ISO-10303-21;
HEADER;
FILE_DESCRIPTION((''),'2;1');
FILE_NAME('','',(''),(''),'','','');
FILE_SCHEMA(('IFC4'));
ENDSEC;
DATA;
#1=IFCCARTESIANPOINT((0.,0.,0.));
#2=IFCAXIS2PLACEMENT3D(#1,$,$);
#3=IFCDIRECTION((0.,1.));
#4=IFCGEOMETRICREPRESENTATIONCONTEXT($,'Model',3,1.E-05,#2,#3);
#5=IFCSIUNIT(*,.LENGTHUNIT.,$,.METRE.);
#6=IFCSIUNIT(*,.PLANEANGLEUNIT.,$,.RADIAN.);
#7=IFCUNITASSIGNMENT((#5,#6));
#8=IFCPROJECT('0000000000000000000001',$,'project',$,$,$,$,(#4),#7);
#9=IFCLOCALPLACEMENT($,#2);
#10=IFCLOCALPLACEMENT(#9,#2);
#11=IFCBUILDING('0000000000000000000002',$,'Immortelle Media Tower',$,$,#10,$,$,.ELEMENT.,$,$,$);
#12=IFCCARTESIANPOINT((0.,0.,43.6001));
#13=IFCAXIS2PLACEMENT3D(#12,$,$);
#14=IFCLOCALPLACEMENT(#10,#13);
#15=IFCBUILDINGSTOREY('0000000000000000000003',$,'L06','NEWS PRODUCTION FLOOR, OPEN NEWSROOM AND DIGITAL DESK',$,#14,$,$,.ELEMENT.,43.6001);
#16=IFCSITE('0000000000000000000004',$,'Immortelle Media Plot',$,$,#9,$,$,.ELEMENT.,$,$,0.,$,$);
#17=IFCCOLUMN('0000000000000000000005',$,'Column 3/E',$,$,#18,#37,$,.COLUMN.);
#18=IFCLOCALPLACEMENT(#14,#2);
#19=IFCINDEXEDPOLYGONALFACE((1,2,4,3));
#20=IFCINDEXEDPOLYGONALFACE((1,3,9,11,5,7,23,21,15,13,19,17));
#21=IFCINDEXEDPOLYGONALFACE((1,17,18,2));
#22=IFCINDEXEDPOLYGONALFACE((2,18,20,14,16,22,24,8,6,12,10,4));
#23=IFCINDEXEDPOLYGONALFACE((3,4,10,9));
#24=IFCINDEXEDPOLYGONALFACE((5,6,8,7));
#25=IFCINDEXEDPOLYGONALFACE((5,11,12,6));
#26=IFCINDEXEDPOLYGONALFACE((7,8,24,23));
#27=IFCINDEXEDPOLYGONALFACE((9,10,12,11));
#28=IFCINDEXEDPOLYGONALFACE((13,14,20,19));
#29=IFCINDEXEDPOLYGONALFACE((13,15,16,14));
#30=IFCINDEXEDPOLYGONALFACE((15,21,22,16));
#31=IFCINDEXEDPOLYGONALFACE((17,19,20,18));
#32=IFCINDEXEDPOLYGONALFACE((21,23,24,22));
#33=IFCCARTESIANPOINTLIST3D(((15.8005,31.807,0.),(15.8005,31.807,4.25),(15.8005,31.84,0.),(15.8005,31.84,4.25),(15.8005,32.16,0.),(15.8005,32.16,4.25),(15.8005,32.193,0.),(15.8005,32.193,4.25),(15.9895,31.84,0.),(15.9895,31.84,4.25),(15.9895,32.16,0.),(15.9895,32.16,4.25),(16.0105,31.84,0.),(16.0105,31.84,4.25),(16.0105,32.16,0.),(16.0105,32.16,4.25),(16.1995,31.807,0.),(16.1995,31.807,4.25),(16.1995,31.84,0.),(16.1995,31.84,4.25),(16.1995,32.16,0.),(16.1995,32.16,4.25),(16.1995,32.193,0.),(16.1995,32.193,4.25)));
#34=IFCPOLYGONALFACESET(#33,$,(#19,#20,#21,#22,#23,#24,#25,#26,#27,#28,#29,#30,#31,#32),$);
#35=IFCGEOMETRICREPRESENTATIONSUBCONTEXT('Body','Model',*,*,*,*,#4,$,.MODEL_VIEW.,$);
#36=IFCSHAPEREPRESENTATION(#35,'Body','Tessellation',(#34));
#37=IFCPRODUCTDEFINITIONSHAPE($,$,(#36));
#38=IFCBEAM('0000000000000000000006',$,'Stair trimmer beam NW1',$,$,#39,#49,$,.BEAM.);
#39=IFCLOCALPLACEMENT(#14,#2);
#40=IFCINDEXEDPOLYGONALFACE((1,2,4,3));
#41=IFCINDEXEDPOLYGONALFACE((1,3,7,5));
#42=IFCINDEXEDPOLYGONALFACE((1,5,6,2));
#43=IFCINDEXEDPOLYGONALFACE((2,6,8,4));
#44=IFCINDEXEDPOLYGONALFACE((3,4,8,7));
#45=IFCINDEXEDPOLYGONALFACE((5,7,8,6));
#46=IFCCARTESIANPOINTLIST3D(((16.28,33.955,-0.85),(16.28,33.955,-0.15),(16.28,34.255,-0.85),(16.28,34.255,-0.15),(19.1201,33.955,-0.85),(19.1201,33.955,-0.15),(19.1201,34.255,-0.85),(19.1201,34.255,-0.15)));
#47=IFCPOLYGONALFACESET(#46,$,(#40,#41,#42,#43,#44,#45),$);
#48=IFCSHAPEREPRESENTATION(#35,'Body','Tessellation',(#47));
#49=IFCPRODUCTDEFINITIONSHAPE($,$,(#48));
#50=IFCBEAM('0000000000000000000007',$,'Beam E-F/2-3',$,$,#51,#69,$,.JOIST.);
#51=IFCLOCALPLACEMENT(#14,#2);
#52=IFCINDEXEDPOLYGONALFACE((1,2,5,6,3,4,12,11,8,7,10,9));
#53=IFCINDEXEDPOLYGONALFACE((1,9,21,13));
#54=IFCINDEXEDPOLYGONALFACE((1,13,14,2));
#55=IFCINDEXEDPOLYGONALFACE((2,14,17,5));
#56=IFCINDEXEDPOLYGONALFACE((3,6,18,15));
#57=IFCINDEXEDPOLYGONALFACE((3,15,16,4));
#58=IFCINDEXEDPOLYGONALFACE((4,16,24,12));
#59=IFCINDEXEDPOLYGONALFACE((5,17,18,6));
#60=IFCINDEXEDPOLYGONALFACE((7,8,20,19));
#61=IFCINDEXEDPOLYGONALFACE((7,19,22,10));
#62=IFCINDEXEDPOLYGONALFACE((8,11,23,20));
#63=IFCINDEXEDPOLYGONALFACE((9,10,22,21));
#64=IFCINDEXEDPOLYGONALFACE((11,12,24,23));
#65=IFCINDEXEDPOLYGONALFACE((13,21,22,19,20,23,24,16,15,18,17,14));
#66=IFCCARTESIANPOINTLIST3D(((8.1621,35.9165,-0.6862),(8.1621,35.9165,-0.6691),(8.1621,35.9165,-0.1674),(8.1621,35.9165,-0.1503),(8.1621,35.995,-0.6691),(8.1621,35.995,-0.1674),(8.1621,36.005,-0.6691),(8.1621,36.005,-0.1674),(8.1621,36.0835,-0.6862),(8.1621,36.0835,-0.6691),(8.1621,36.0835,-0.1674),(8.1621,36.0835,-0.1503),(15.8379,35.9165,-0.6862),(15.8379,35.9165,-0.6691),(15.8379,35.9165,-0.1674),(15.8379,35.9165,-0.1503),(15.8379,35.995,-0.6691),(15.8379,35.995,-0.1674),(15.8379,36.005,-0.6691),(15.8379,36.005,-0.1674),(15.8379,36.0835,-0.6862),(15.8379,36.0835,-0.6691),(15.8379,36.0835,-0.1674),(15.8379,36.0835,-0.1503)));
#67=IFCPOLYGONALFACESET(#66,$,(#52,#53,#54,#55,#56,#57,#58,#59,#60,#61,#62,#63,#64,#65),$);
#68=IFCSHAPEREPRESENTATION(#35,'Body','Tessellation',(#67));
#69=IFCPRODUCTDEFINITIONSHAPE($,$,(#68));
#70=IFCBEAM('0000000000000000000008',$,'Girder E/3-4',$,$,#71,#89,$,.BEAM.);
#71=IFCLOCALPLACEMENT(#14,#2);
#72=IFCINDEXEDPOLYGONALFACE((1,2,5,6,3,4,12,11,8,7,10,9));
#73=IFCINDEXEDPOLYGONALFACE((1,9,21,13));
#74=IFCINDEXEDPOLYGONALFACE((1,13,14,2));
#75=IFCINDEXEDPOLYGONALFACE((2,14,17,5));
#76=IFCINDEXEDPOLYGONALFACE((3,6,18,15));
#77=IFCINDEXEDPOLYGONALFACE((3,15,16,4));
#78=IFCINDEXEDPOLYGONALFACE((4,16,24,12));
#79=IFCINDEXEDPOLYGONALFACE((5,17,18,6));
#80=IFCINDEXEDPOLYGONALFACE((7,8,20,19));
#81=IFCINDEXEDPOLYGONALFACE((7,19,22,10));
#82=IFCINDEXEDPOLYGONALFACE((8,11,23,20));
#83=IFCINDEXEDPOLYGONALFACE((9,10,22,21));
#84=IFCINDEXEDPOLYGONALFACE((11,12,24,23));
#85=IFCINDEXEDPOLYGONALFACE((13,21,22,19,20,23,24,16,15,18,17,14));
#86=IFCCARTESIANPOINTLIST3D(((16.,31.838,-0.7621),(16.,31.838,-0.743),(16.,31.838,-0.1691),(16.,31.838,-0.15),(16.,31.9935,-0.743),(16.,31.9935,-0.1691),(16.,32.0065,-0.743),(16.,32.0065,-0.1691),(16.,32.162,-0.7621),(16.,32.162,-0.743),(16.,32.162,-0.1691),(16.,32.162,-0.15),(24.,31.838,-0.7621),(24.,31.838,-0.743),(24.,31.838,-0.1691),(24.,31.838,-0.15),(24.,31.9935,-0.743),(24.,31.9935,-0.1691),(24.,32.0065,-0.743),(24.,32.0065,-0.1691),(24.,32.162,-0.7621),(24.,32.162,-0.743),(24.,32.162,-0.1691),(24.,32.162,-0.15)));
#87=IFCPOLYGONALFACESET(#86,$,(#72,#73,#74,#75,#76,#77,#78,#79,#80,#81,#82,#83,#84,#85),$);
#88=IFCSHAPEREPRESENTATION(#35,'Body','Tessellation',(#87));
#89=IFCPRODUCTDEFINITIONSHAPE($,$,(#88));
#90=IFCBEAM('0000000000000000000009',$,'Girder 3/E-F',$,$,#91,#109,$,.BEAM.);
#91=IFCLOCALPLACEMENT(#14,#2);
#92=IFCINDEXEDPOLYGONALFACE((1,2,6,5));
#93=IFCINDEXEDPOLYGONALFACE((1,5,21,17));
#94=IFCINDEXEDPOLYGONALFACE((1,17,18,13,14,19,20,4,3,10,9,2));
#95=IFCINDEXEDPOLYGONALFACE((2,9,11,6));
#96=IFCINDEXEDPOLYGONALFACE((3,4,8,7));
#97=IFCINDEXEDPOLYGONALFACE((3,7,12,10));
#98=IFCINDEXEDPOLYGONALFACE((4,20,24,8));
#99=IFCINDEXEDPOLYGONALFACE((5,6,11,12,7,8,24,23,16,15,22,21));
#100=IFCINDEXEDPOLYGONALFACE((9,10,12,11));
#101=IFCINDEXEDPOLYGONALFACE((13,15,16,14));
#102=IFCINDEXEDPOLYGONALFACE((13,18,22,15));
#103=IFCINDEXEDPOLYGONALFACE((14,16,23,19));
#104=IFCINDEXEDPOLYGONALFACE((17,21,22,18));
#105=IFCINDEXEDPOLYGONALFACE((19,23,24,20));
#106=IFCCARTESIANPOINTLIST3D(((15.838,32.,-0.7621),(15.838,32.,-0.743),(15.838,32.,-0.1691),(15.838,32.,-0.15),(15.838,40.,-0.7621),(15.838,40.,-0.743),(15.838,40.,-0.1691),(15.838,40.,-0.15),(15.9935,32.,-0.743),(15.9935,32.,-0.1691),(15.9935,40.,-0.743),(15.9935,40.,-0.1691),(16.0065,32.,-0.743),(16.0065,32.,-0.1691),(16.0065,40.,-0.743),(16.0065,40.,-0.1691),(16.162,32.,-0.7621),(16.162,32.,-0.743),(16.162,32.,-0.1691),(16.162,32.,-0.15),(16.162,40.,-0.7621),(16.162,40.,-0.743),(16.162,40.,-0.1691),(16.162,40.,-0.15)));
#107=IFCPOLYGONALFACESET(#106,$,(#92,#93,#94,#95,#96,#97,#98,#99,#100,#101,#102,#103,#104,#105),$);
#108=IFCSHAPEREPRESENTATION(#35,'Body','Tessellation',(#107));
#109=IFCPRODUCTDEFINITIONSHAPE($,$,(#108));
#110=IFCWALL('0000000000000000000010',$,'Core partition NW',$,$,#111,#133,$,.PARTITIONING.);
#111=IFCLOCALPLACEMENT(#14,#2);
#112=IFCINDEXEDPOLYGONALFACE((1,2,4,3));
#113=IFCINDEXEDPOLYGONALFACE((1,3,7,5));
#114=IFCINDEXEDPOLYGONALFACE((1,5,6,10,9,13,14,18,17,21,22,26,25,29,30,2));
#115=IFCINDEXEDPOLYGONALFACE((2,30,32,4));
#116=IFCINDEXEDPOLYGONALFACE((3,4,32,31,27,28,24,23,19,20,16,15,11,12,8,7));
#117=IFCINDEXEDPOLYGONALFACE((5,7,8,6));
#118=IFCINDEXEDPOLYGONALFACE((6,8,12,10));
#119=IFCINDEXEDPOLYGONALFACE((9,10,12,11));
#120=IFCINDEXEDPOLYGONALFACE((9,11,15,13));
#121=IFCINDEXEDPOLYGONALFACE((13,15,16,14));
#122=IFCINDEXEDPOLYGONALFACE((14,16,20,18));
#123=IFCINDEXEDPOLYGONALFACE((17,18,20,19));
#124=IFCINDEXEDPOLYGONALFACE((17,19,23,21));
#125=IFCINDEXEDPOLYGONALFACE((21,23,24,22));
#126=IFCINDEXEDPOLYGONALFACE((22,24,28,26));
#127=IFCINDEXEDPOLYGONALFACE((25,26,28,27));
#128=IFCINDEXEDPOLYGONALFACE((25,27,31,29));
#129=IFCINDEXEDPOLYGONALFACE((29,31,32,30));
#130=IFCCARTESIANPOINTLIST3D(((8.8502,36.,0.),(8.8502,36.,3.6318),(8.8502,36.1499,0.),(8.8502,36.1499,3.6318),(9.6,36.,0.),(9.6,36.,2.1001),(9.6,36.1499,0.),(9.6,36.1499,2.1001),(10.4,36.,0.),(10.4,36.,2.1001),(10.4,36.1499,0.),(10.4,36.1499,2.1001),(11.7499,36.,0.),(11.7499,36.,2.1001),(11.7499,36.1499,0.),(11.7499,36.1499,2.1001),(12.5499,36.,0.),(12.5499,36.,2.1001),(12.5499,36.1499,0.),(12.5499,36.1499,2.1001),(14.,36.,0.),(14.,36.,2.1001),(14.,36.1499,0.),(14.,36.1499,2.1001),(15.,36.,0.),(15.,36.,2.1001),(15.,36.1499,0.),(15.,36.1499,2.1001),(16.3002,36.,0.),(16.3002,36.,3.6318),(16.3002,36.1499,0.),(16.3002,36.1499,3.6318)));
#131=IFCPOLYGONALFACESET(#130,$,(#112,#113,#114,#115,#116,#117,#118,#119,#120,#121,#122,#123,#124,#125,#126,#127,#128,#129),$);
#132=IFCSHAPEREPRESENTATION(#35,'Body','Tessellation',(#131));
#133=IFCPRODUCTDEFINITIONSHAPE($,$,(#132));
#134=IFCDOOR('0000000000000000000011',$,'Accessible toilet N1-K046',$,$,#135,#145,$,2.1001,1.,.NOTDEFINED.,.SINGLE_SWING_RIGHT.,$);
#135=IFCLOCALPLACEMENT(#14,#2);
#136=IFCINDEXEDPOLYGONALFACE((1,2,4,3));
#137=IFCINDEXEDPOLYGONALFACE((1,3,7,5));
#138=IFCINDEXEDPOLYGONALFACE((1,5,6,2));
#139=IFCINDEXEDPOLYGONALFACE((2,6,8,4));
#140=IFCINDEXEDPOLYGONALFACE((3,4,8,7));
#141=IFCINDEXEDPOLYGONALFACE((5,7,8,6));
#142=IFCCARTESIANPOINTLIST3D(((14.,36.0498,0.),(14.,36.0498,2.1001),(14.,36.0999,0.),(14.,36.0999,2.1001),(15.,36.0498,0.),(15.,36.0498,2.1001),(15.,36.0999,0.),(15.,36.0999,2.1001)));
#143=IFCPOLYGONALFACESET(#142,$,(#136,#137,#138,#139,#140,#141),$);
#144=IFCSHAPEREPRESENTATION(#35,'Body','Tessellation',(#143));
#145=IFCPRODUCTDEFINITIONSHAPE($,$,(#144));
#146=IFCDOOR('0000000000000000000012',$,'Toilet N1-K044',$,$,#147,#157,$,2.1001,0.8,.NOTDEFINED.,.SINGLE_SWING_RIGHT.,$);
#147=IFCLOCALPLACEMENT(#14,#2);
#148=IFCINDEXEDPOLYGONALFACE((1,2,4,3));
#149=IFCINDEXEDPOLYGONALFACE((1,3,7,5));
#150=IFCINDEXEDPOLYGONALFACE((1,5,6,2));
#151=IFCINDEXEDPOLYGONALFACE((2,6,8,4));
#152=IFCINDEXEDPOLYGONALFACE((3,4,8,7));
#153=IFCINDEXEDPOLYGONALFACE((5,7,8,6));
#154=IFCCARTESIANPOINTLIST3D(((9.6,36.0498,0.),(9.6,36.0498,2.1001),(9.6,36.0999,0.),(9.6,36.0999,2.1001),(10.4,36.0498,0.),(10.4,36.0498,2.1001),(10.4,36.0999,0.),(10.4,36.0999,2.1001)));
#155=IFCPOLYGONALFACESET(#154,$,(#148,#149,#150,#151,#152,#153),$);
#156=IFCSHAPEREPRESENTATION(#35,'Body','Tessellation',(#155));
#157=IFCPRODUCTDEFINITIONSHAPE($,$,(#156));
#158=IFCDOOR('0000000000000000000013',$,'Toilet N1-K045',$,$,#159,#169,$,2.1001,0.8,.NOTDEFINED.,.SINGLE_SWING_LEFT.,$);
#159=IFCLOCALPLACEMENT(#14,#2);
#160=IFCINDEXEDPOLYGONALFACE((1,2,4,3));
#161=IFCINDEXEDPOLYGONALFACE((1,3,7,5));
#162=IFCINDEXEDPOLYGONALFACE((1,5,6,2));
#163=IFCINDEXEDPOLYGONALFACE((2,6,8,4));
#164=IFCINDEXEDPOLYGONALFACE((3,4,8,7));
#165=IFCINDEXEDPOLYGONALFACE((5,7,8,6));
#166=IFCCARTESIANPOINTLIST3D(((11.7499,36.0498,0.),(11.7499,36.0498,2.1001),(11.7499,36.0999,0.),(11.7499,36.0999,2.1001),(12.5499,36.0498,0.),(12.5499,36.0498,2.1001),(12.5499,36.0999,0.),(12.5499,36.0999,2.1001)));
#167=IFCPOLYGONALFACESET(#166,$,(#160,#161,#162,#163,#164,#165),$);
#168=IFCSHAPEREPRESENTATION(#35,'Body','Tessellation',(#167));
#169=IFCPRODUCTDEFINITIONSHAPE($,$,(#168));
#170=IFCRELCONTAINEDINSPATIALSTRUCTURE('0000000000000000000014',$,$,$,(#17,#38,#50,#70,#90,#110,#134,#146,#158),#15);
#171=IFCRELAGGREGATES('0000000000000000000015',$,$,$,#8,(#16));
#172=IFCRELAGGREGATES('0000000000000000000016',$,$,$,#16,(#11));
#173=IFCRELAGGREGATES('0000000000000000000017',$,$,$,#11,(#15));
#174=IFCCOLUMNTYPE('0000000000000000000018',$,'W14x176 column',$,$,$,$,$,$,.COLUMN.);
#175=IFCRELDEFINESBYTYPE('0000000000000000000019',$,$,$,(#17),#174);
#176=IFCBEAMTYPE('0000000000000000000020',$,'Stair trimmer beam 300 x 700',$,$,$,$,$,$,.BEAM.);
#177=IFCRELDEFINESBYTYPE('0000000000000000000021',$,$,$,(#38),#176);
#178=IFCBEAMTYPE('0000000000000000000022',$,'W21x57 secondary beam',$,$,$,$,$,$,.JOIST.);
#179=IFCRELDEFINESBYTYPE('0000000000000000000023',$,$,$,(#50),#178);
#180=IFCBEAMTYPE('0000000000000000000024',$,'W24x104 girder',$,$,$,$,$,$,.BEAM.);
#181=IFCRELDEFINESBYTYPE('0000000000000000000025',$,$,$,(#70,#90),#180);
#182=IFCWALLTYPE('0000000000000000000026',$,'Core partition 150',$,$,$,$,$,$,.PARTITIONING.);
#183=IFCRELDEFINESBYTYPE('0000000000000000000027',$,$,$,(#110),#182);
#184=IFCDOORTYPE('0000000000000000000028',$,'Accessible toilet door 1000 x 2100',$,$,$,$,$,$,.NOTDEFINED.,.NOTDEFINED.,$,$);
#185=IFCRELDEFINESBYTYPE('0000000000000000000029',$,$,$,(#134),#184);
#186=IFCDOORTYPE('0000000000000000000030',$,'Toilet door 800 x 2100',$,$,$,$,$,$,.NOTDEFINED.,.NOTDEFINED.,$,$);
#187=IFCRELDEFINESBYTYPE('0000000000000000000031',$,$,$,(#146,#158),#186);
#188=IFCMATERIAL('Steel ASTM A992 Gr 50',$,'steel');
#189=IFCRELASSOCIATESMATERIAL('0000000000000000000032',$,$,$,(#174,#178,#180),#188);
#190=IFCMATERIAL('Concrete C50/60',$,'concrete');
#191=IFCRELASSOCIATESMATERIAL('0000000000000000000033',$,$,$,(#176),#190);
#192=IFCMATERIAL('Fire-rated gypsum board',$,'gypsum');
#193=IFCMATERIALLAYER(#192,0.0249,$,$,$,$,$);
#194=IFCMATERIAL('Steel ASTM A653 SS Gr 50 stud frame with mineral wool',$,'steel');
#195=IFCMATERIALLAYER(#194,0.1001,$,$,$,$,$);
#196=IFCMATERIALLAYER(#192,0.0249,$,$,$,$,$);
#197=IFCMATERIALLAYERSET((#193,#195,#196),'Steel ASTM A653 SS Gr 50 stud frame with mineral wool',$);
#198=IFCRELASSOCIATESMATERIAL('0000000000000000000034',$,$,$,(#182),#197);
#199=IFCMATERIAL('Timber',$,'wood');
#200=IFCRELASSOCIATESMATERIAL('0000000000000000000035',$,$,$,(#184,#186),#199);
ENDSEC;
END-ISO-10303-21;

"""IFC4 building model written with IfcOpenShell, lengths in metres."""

from ifc_helpers import new_model, si_unit, direction, frame, frame_2d, origin, origin_2d, place, context, subcontext, project, spatial, rectangle, i_section, extrude, material, layer, layer_set, material_profile, profile_set, type_object, element, fill, save


model = new_model("IFC4")

# Units and contexts
model_context = context("Model", 3, precision=1e-05, world=origin(), true_north=direction((0.0, 1.0)))
body_context = subcontext(model_context, "Body", "Model", "MODEL_VIEW")
ifc_project = project(units=[si_unit("LENGTHUNIT", "METRE"), si_unit("PLANEANGLEUNIT", "RADIAN")], contexts=[model_context])

# Site, building, storey
site_placement = place(None, origin())
site = spatial("IfcSite", under=ifc_project, at=site_placement, Name="Immortelle Media Plot", CompositionType="ELEMENT", RefElevation=0.0)
building_placement = place(site_placement, origin())
building = spatial("IfcBuilding", under=site, at=building_placement, Name="Immortelle Media Tower", CompositionType="ELEMENT")
storey_placement = place(building_placement, frame((0.0, 0.0, 43.6001)))
storey = spatial("IfcBuildingStorey", under=building, at=storey_placement, Name="L06", Description="NEWS PRODUCTION FLOOR, OPEN NEWSROOM AND DIGITAL DESK", CompositionType="ELEMENT", Elevation=43.6001)

# Column
ifc_material_1 = material(Name="Steel ASTM A992 Gr 50", Category="steel")
ifc_material_profile_1 = material_profile(ifc_material_1, i_section(OverallWidth=0.3989, OverallDepth=0.386, WebThickness=0.021, FlangeThickness=0.033, at=origin_2d()), Name="W14x176")
ifc_profile_set_1 = profile_set([ifc_material_profile_1], Name="Steel ASTM A992 Gr 50")
column_type = type_object("IfcColumnType", Name="W14x176 column", PredefinedType="COLUMN", material=ifc_profile_set_1)
column_placement = place(storey_placement, frame((16.0, 32.0, 0.0), z_axis=(0.0, 0.0, 1.0), x_axis=(1.0, 0.0, 0.0)))
element("IfcColumn", 1, at=column_placement, inside=storey, type_object=column_type, Name="Column 3/E", PredefinedType="COLUMN", context=body_context, shape_type="SweptSolid", body=[
    extrude(i_section(OverallWidth=0.3989, OverallDepth=0.386, WebThickness=0.021, FlangeThickness=0.033, at=origin_2d()), origin(), (0.0, 0.0, 1.0), 4.25),
])

# Beams
ifc_material_2 = material(Name="Concrete C50/60", Category="concrete")
ifc_material_profile_2 = material_profile(ifc_material_2, rectangle(XDim=0.3, YDim=0.7, at=origin_2d()), Name="RC 300x700")
ifc_profile_set_2 = profile_set([ifc_material_profile_2], Name="Concrete C50/60")
beam_type_1 = type_object("IfcBeamType", Name="Stair trimmer beam 300 x 700", PredefinedType="BEAM", material=ifc_profile_set_2)
beam_1_placement = place(storey_placement, frame((16.28, 34.105, -0.5), z_axis=(1.0, 0.0, 0.0), x_axis=(0.0, 1.0, 0.0)))
element("IfcBeam", 2, at=beam_1_placement, inside=storey, type_object=beam_type_1, Name="Stair trimmer beam NW1", PredefinedType="BEAM", context=body_context, shape_type="SweptSolid", body=[
    extrude(rectangle(XDim=0.3, YDim=0.7, at=origin_2d()), origin(), (0.0, 0.0, 1.0), 2.8401),
])
ifc_material_profile_3 = material_profile(ifc_material_1, i_section(OverallWidth=0.167, OverallDepth=0.5359, WebThickness=0.01, FlangeThickness=0.0171, at=origin_2d()), Name="W21x57")
ifc_profile_set_3 = profile_set([ifc_material_profile_3], Name="Steel ASTM A992 Gr 50")
beam_type_2 = type_object("IfcBeamType", Name="W21x57 secondary beam", PredefinedType="JOIST", material=ifc_profile_set_3)
beam_2_placement = place(storey_placement, frame((8.1621, 36.0, -0.4182), z_axis=(1.0, 0.0, 0.0), x_axis=(0.0, 1.0, 0.0)))
element("IfcBeam", 3, at=beam_2_placement, inside=storey, type_object=beam_type_2, Name="Beam E-F/2-3", PredefinedType="JOIST", context=body_context, shape_type="SweptSolid", body=[
    extrude(i_section(OverallWidth=0.167, OverallDepth=0.5359, WebThickness=0.01, FlangeThickness=0.0171, at=origin_2d()), origin(), (0.0, 0.0, 1.0), 7.6758),
])
ifc_material_profile_4 = material_profile(ifc_material_1, i_section(OverallWidth=0.324, OverallDepth=0.6121, WebThickness=0.0129, FlangeThickness=0.019, at=origin_2d()), Name="W24x104")
ifc_profile_set_4 = profile_set([ifc_material_profile_4], Name="Steel ASTM A992 Gr 50")
beam_type_3 = type_object("IfcBeamType", Name="W24x104 girder", PredefinedType="BEAM", material=ifc_profile_set_4)
for number, where, z_axis, x_axis, name in (
    (4, (16.0, 32.0, -0.4561), (1.0, 0.0, 0.0), (0.0, 1.0, 0.0), "Girder E/3-4"),
    (5, (16.0, 32.0, -0.4561), (0.0, 1.0, 0.0), (-1.0, 0.0, 0.0), "Girder 3/E-F"),
):
    element("IfcBeam", number, at=place(storey_placement, frame(where, z_axis=z_axis, x_axis=x_axis)), inside=storey, type_object=beam_type_3, Name=name, PredefinedType="BEAM", context=body_context, shape_type="SweptSolid", body=[
        extrude(i_section(OverallWidth=0.324, OverallDepth=0.6121, WebThickness=0.0129, FlangeThickness=0.019, at=origin_2d()), origin(), (0.0, 0.0, 1.0), 8.0),
    ])

# Wall, openings, doors
ifc_material_3 = material(Name="Fire-rated gypsum board", Category="gypsum")
ifc_layer_1 = layer(ifc_material_3, 0.0249)
ifc_material_4 = material(Name="Steel ASTM A653 SS Gr 50 stud frame with mineral wool", Category="steel")
ifc_layer_2 = layer(ifc_material_4, 0.1001)
ifc_layer_3 = layer(ifc_material_3, 0.0249)
ifc_layer_set_1 = layer_set([ifc_layer_1, ifc_layer_2, ifc_layer_3], Name="Steel ASTM A653 SS Gr 50 stud frame with mineral wool")
wall_type_1 = type_object("IfcWallType", Name="Core partition 150", PredefinedType="PARTITIONING", material=ifc_layer_set_1)
wall_1_placement = place(storey_placement, frame((8.8501, 36.075, 0.0), z_axis=(0.0, 0.0, 1.0), x_axis=(1.0, 0.0, 0.0)))
wall_1 = element("IfcWall", 6, at=wall_1_placement, inside=storey, type_object=wall_type_1, Name="Core partition NW", PredefinedType="PARTITIONING", context=body_context, shape_type="SweptSolid", body=[
    extrude(rectangle(XDim=7.45, YDim=0.1499, at=frame_2d((3.7251, 0.0))), origin(), (0.0, 0.0, 1.0), 3.6318),
])
opening_1_placement = place(wall_1_placement, frame((0.75, 0.0, 0.0)))
opening_1 = element("IfcOpeningElement", 7, at=opening_1_placement, cuts=wall_1, PredefinedType="OPENING", context=body_context, shape_type="SweptSolid", body=[
    extrude(rectangle(XDim=0.8, YDim=2.1001, at=frame_2d((0.3999, 1.05))), frame((0.0, 0.085, 0.0), z_axis=(0.0, -1.0, 0.0), x_axis=(1.0, 0.0, 0.0)), (0.0, 0.0, 1.0), 0.1699),
])
opening_2_placement = place(wall_1_placement, frame((2.8999, 0.0, 0.0)))
opening_2 = element("IfcOpeningElement", 8, at=opening_2_placement, cuts=wall_1, PredefinedType="OPENING", context=body_context, shape_type="SweptSolid", body=[
    extrude(rectangle(XDim=0.8, YDim=2.1001, at=frame_2d((0.3999, 1.05))), frame((0.0, 0.085, 0.0), z_axis=(0.0, -1.0, 0.0), x_axis=(1.0, 0.0, 0.0)), (0.0, 0.0, 1.0), 0.1699),
])
opening_3_placement = place(wall_1_placement, frame((5.1499, 0.0, 0.0)))
opening_3 = element("IfcOpeningElement", 9, at=opening_3_placement, cuts=wall_1, PredefinedType="OPENING", context=body_context, shape_type="SweptSolid", body=[
    extrude(rectangle(XDim=1.0, YDim=2.1001, at=frame_2d((0.5, 1.05))), frame((0.0, 0.085, 0.0), z_axis=(0.0, -1.0, 0.0), x_axis=(1.0, 0.0, 0.0)), (0.0, 0.0, 1.0), 0.1699),
])
ifc_material_5 = material(Name="Timber", Category="wood")
door_type_1 = type_object("IfcDoorType", Name="Accessible toilet door 1000 x 2100", OperationType="NOTDEFINED", PredefinedType="NOTDEFINED", material=ifc_material_5)
door_1_placement = place(opening_3_placement, origin())
door_1 = element("IfcDoor", 10, at=door_1_placement, inside=storey, type_object=door_type_1, Name="Accessible toilet N1-K046", OperationType="SINGLE_SWING_RIGHT", OverallHeight=2.1001, OverallWidth=1.0, PredefinedType="NOTDEFINED", context=body_context, shape_type="SweptSolid", body=[
    extrude(rectangle(XDim=1.0, YDim=2.1001, at=frame_2d((0.5, 1.05))), frame((0.0, 0.0249, 0.0), z_axis=(0.0, -1.0, 0.0), x_axis=(1.0, 0.0, 0.0)), (0.0, 0.0, 1.0), 0.05),
])
fill(opening_3, door_1)
door_type_2 = type_object("IfcDoorType", Name="Toilet door 800 x 2100", OperationType="NOTDEFINED", PredefinedType="NOTDEFINED", material=ifc_material_5)
door_2_placement = place(opening_1_placement, origin())
door_2 = element("IfcDoor", 11, at=door_2_placement, inside=storey, type_object=door_type_2, Name="Toilet N1-K044", OperationType="SINGLE_SWING_RIGHT", OverallHeight=2.1001, OverallWidth=0.8, PredefinedType="NOTDEFINED", context=body_context, shape_type="SweptSolid", body=[
    extrude(rectangle(XDim=0.8, YDim=2.1001, at=frame_2d((0.3999, 1.05))), frame((0.0, 0.0249, 0.0), z_axis=(0.0, -1.0, 0.0), x_axis=(1.0, 0.0, 0.0)), (0.0, 0.0, 1.0), 0.05),
])
fill(opening_1, door_2)
door_3_placement = place(opening_2_placement, origin())
door_3 = element("IfcDoor", 12, at=door_3_placement, inside=storey, type_object=door_type_2, Name="Toilet N1-K045", OperationType="SINGLE_SWING_LEFT", OverallHeight=2.1001, OverallWidth=0.8, PredefinedType="NOTDEFINED", context=body_context, shape_type="SweptSolid", body=[
    extrude(rectangle(XDim=0.8, YDim=2.1001, at=frame_2d((0.3999, 1.05))), frame((0.0, 0.0249, 0.0), z_axis=(0.0, -1.0, 0.0), x_axis=(1.0, 0.0, 0.0)), (0.0, 0.0, 1.0), 0.05),
])
fill(opening_2, door_3)

save(model, "model.ifc")
